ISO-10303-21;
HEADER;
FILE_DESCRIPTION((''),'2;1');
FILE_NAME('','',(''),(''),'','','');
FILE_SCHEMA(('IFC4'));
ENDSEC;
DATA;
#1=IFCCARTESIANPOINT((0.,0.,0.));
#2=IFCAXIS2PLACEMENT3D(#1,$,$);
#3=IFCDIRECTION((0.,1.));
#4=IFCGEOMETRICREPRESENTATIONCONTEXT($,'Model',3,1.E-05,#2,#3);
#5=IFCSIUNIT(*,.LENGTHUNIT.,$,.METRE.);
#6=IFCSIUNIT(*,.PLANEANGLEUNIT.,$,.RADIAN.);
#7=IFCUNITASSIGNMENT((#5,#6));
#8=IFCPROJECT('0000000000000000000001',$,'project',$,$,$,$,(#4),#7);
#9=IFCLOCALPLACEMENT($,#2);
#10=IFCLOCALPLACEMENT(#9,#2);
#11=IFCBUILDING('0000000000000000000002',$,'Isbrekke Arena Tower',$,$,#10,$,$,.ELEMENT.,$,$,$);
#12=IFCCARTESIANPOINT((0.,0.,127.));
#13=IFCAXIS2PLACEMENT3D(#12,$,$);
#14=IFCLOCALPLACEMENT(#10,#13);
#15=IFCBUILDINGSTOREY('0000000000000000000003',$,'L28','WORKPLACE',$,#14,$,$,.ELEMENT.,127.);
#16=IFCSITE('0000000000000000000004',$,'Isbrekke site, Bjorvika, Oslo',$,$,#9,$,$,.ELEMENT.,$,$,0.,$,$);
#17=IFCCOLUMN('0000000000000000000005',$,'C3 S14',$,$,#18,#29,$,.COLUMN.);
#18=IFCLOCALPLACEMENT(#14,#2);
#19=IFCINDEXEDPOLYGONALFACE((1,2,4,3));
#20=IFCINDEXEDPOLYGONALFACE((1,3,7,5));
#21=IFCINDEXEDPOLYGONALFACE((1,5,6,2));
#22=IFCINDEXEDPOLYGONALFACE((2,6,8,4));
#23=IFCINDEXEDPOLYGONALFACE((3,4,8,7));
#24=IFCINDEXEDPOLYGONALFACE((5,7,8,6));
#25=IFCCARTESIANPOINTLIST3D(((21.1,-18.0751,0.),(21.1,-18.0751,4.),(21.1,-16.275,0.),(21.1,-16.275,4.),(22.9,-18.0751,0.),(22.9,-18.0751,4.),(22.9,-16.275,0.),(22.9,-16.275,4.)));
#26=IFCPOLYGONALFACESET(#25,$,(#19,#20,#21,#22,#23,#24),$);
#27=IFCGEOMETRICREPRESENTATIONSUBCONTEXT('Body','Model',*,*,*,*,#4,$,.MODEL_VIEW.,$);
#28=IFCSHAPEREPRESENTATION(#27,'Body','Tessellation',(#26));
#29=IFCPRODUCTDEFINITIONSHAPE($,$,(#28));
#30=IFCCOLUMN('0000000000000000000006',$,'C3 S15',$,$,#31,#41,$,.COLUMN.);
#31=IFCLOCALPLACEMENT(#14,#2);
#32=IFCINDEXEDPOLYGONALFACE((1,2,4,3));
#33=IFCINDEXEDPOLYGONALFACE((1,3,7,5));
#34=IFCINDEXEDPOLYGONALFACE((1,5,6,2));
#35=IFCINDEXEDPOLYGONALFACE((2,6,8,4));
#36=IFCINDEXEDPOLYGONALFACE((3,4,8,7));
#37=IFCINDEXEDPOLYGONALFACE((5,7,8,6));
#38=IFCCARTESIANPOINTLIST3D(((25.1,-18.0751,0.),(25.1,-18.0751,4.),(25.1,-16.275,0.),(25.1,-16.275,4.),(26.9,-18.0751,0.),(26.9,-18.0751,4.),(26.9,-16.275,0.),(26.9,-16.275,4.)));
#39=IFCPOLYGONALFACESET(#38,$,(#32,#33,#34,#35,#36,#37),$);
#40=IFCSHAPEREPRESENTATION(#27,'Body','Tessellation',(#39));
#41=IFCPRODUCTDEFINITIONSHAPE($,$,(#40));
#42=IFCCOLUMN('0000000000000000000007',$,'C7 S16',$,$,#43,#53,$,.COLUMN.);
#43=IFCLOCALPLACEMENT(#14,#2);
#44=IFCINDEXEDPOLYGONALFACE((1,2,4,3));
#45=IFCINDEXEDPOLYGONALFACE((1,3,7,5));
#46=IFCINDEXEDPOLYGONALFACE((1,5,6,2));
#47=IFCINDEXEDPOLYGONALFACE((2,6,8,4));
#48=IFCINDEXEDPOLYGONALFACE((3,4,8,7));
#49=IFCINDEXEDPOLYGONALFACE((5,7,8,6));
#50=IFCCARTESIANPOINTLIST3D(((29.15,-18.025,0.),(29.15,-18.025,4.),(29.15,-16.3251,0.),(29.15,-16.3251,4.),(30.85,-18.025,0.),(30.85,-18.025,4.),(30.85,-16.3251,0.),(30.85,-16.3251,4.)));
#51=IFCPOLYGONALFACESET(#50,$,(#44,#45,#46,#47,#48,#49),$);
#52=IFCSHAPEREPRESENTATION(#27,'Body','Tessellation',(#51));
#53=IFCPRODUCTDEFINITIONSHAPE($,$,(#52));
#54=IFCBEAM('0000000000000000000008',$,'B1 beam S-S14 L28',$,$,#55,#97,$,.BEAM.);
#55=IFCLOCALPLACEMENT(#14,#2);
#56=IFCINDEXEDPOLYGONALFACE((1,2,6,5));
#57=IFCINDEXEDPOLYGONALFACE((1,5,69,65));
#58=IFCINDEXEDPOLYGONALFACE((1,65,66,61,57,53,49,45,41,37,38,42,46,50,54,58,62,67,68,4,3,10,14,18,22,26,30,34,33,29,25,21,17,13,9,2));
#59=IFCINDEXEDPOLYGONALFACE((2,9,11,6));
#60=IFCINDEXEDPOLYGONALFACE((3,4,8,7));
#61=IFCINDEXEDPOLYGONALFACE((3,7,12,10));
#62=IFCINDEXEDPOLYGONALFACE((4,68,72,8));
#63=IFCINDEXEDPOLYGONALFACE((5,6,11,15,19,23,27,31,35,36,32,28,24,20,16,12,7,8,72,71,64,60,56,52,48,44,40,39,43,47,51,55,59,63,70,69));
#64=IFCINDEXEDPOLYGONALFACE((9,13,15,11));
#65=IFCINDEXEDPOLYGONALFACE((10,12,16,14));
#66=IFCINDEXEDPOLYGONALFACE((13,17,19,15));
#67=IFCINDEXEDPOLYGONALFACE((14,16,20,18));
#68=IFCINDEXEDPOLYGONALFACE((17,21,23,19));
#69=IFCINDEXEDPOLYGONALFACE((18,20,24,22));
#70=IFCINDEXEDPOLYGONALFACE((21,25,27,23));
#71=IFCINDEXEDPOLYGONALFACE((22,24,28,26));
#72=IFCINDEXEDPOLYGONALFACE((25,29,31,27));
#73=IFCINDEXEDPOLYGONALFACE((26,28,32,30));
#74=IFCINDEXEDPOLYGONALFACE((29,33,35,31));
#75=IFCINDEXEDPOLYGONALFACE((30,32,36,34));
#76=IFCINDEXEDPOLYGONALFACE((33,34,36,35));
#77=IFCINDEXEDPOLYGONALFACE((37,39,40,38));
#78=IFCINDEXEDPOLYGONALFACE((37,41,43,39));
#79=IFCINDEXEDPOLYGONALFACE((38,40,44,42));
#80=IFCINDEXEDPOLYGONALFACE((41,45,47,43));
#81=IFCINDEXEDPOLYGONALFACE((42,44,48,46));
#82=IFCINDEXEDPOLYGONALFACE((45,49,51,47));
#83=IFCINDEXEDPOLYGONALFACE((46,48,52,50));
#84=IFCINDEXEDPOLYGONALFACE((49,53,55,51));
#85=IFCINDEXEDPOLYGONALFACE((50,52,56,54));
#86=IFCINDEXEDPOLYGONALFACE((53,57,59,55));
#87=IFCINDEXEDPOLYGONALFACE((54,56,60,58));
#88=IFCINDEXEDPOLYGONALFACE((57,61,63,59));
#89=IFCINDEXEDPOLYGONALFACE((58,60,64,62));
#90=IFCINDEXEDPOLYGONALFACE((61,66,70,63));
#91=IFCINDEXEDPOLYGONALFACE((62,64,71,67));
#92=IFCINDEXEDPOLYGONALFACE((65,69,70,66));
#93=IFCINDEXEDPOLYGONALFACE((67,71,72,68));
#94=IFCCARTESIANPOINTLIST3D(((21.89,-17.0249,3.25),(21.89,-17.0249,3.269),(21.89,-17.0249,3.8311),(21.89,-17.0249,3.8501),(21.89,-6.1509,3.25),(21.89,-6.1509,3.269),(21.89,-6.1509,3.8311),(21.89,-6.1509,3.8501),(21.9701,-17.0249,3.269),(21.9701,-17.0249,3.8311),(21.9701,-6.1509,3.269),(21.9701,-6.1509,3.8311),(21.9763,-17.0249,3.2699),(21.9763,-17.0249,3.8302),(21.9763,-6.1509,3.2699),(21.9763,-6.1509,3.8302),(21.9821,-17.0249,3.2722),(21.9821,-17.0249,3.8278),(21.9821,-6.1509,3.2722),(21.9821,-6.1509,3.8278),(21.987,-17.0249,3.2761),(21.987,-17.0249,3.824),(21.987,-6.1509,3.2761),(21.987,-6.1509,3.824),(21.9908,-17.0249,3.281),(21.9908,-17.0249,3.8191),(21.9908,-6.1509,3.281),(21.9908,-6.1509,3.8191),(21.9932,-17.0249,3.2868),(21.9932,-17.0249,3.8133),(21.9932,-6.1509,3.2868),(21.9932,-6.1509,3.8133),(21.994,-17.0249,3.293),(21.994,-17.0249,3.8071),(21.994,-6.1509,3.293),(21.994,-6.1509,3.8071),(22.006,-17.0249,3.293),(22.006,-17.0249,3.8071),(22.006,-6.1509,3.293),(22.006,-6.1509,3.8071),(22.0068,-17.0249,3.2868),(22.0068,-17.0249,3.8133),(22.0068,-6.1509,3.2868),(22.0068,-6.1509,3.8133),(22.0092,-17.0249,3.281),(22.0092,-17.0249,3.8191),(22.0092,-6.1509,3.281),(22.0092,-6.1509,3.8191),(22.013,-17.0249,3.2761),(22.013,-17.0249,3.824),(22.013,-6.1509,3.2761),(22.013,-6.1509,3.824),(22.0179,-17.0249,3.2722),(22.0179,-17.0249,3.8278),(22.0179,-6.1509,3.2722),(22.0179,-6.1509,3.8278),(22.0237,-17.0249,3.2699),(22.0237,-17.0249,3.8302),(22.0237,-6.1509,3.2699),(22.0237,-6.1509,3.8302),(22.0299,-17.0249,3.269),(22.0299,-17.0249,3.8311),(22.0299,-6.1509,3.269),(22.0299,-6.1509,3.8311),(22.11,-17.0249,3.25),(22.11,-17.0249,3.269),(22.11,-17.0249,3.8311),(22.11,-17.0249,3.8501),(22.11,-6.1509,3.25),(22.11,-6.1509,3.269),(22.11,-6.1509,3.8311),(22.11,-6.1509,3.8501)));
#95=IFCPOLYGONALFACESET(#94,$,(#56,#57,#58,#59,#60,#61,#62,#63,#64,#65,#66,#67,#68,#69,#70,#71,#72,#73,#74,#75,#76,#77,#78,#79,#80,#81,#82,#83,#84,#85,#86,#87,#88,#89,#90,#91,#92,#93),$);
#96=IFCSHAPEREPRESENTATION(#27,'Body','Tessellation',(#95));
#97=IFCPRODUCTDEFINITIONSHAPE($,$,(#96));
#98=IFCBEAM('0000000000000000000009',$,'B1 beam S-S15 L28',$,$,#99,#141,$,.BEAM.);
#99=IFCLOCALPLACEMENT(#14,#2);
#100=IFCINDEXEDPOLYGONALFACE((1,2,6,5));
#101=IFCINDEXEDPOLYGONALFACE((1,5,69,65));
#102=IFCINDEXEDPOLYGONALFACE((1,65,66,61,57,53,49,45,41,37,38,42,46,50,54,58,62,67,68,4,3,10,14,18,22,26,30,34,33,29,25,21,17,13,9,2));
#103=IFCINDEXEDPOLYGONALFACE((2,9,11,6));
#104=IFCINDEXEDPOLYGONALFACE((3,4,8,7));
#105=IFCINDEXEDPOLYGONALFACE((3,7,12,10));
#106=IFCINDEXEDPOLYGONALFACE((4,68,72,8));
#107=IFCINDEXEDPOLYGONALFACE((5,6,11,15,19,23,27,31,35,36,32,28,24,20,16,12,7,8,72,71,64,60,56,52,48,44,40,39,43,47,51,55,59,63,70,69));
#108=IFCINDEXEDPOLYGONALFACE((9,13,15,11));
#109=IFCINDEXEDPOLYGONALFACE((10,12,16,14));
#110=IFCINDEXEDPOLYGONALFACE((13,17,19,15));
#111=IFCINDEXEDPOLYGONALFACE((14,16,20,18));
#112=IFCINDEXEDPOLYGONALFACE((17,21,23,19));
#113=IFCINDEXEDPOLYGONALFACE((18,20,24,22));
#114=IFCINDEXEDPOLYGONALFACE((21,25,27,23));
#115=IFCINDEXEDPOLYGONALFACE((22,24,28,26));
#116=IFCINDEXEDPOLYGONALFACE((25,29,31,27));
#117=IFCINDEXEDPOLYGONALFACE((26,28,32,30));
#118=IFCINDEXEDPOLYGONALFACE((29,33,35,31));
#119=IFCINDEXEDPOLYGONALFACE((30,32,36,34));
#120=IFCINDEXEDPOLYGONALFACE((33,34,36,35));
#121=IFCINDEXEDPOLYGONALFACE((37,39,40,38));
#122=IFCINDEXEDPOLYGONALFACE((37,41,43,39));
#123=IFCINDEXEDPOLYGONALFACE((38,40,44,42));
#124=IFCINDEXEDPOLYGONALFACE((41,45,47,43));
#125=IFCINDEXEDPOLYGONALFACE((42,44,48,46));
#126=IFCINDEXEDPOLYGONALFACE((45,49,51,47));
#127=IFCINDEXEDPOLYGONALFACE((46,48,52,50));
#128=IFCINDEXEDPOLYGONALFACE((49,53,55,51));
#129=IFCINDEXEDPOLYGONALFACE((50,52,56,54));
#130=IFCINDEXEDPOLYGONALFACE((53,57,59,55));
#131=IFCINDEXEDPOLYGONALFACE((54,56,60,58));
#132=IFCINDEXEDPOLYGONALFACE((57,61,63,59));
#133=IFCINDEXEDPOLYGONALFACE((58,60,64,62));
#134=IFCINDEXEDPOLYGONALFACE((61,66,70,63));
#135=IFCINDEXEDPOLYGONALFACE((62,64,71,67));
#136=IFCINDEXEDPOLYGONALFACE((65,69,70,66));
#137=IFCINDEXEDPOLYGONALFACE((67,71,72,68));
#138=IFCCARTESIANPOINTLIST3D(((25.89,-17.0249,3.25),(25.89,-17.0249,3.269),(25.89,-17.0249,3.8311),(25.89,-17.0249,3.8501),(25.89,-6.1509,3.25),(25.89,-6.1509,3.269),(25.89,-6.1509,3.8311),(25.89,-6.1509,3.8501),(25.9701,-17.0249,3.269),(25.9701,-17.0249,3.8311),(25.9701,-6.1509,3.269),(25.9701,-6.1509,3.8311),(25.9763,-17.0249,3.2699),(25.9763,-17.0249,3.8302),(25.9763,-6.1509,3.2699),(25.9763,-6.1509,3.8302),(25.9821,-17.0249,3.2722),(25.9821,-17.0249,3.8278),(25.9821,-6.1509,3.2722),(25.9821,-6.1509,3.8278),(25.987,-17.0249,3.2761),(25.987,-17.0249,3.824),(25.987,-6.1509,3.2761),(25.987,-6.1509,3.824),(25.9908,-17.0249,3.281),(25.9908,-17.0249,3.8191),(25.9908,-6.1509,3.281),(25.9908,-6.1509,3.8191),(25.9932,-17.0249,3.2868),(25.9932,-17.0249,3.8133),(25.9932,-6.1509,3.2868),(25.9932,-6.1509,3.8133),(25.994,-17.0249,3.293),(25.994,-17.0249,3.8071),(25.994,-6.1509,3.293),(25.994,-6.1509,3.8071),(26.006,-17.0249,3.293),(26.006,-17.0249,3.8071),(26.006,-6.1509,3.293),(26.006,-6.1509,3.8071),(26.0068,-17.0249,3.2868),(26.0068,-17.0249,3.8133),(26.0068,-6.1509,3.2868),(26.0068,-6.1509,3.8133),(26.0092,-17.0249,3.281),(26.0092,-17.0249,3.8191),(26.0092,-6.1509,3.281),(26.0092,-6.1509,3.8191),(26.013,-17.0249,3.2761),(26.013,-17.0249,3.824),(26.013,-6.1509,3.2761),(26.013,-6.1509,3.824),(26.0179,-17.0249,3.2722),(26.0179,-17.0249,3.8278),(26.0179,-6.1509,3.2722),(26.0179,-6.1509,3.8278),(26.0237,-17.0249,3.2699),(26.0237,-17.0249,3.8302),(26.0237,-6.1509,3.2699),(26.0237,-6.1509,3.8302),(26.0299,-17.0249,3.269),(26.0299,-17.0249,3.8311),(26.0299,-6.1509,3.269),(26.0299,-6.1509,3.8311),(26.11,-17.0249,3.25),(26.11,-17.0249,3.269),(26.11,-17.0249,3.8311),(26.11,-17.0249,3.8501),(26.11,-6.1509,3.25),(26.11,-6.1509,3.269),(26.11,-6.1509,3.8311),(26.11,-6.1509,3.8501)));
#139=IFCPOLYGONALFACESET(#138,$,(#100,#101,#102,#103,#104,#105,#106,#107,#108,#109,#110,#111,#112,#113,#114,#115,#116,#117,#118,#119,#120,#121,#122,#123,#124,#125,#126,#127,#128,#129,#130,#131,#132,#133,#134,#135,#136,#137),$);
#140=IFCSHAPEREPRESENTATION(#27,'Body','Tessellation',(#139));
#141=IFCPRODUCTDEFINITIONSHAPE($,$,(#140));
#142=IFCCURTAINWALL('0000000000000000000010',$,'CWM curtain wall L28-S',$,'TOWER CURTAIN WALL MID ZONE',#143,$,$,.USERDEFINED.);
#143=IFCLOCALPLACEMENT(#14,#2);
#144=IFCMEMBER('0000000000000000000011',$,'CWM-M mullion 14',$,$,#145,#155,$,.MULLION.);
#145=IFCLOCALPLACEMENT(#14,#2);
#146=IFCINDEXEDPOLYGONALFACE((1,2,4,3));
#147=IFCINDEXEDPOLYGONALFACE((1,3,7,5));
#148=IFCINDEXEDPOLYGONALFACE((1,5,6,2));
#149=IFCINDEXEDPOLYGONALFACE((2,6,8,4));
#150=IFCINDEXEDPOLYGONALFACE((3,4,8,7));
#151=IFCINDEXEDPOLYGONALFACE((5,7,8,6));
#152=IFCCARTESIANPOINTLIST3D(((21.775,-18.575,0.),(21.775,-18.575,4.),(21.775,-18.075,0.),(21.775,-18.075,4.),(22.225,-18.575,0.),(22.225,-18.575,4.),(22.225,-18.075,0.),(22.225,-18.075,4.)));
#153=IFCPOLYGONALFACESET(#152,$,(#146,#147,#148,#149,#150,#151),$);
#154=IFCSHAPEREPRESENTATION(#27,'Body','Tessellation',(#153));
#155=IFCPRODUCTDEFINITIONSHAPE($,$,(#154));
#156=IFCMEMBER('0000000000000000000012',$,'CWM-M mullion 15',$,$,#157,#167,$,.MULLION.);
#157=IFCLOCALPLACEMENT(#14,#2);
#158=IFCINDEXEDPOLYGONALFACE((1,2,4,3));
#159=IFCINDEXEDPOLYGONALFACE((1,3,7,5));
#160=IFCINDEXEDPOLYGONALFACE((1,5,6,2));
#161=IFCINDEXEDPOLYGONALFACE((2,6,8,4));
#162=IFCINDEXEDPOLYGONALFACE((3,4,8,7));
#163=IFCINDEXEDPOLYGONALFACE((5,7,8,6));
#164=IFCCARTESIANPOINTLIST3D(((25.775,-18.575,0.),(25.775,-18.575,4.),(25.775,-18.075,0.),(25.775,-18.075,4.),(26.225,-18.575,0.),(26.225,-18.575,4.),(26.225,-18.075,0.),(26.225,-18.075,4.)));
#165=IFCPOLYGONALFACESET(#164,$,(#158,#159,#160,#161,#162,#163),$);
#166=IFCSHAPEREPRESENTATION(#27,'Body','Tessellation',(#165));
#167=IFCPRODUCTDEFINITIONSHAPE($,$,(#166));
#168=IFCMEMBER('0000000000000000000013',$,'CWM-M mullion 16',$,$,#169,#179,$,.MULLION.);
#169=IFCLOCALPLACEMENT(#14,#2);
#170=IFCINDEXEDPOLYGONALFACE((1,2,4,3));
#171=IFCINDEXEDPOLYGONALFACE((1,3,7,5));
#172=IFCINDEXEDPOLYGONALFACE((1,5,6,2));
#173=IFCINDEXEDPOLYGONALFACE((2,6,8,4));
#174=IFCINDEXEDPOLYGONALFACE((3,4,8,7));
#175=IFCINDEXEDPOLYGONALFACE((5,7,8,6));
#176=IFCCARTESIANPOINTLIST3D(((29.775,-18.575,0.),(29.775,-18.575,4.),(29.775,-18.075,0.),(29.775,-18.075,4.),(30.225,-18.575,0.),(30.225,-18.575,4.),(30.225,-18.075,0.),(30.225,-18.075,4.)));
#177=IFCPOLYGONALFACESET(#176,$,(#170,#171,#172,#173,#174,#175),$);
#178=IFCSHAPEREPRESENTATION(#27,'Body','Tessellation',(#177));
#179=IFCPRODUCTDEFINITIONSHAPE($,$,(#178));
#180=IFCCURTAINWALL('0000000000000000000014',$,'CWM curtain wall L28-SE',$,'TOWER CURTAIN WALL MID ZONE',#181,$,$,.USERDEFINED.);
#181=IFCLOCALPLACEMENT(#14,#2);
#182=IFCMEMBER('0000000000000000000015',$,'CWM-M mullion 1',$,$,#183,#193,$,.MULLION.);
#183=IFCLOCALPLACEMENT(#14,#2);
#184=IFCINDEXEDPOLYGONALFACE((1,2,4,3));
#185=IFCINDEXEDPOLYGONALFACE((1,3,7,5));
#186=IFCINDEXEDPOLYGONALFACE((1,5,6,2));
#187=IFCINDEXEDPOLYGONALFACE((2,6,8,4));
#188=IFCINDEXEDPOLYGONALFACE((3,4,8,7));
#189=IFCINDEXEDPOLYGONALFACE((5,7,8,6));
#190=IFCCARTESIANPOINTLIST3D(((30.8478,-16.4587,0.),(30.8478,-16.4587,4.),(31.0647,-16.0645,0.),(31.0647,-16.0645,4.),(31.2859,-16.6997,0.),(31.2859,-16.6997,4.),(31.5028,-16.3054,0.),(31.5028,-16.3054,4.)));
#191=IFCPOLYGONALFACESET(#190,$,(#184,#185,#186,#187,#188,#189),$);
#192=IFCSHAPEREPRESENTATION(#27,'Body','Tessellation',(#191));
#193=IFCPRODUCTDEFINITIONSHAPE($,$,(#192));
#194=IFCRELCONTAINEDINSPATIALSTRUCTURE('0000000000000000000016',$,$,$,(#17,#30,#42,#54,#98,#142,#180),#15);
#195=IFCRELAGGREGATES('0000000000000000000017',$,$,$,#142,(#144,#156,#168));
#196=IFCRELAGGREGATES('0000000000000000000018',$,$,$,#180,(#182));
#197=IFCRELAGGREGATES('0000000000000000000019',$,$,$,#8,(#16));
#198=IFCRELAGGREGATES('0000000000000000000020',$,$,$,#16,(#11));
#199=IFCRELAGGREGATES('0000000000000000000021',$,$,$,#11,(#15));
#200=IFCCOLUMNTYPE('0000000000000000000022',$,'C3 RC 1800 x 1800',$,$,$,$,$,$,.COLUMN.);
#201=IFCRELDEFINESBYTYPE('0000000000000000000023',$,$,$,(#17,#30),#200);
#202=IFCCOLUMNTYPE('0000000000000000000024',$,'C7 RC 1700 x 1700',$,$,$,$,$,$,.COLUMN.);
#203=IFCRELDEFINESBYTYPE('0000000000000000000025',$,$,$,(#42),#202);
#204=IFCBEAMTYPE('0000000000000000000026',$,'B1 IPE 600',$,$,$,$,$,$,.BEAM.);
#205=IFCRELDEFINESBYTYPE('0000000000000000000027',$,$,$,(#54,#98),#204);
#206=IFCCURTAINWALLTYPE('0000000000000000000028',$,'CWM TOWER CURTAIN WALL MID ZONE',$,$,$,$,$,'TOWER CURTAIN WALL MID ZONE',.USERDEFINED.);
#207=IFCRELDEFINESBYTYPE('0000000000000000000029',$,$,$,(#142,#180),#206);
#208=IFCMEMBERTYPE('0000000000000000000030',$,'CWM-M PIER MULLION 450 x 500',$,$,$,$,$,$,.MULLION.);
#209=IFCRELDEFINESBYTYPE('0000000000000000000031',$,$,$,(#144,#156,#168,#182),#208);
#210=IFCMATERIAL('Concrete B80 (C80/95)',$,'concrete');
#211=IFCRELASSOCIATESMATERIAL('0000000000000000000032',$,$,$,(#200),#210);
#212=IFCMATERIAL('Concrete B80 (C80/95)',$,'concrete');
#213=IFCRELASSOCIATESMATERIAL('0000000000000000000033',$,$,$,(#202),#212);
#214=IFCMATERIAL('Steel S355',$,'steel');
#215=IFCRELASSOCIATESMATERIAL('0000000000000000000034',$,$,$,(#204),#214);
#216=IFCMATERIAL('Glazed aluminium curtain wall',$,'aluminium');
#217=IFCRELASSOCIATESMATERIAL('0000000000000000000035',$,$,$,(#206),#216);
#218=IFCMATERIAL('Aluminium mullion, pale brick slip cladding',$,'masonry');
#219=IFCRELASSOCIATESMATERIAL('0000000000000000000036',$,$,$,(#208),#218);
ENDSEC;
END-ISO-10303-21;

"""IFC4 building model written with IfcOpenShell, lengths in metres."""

from ifc_helpers import new_model, si_unit, direction, frame, origin, origin_2d, place, context, subcontext, project, spatial, rectangle, i_section, extrude, material, material_profile, profile_set, type_object, element, aggregate, save


model = new_model("IFC4")

# Units and contexts
model_context = context("Model", 3, precision=1e-05, world=origin(), true_north=direction((0.0, 1.0)))
body_context = subcontext(model_context, "Body", "Model", "MODEL_VIEW")
ifc_project = project(units=[si_unit("LENGTHUNIT", "METRE"), si_unit("PLANEANGLEUNIT", "RADIAN")], contexts=[model_context])

# Site, building, storey
site_placement = place(None, origin())
site = spatial("IfcSite", under=ifc_project, at=site_placement, Name="Isbrekke site, Bjorvika, Oslo", CompositionType="ELEMENT", RefElevation=0.0)
building_placement = place(site_placement, origin())
building = spatial("IfcBuilding", under=site, at=building_placement, Name="Isbrekke Arena Tower", CompositionType="ELEMENT")
storey_placement = place(building_placement, frame((0.0, 0.0, 127.0)))
storey = spatial("IfcBuildingStorey", under=building, at=storey_placement, Name="L28", Description="WORKPLACE", CompositionType="ELEMENT", Elevation=127.0)

# Columns
ifc_material_1 = material(Name="Concrete B80 (C80/95)", Category="concrete")
ifc_material_profile_1 = material_profile(ifc_material_1, rectangle(XDim=1.8, YDim=1.8, at=origin_2d()), Name="RC 1800x1800")
ifc_profile_set_1 = profile_set([ifc_material_profile_1], Name="Concrete B80 (C80/95)")
column_type_1 = type_object("IfcColumnType", Name="C3 RC 1800 x 1800", PredefinedType="COLUMN", material=ifc_profile_set_1)
for number, where, z_axis, x_axis, name in (
    (1, (22.0, -17.175, 0.0), (0.0, 0.0, 1.0), (1.0, 0.0, 0.0), "C3 S14"),
    (2, (26.0, -17.175, 0.0), (0.0, 0.0, 1.0), (1.0, 0.0, 0.0), "C3 S15"),
):
    element("IfcColumn", number, at=place(storey_placement, frame(where, z_axis=z_axis, x_axis=x_axis)), inside=storey, type_object=column_type_1, Name=name, PredefinedType="COLUMN", context=body_context, shape_type="SweptSolid", body=[
        extrude(rectangle(XDim=1.8, YDim=1.8, at=origin_2d()), origin(), (0.0, 0.0, 1.0), 4.0),
    ])
ifc_material_2 = material(Name="Concrete B80 (C80/95)", Category="concrete")
ifc_material_profile_2 = material_profile(ifc_material_2, rectangle(XDim=1.7, YDim=1.7, at=origin_2d()), Name="RC 1700x1700")
ifc_profile_set_2 = profile_set([ifc_material_profile_2], Name="Concrete B80 (C80/95)")
column_type_2 = type_object("IfcColumnType", Name="C7 RC 1700 x 1700", PredefinedType="COLUMN", material=ifc_profile_set_2)
column_placement = place(storey_placement, frame((30.0, -17.175, 0.0), z_axis=(0.0, 0.0, 1.0), x_axis=(1.0, 0.0, 0.0)))
element("IfcColumn", 3, at=column_placement, inside=storey, type_object=column_type_2, Name="C7 S16", PredefinedType="COLUMN", context=body_context, shape_type="SweptSolid", body=[
    extrude(rectangle(XDim=1.7, YDim=1.7, at=origin_2d()), origin(), (0.0, 0.0, 1.0), 4.0),
])

# Beams
ifc_material_3 = material(Name="Steel S355", Category="steel")
ifc_material_profile_3 = material_profile(ifc_material_3, i_section(OverallWidth=0.22, OverallDepth=0.6001, WebThickness=0.012, FlangeThickness=0.019, FilletRadius=0.0239, at=origin_2d()), Name="IPE 600")
ifc_profile_set_3 = profile_set([ifc_material_profile_3], Name="Steel S355")
beam_type_1 = type_object("IfcBeamType", Name="B1 IPE 600", PredefinedType="BEAM", material=ifc_profile_set_3)
for number, where, z_axis, x_axis, name in (
    (4, (22.0, -17.0249, 3.55), (0.0, 1.0, 0.0), (-1.0, 0.0, 0.0), "B1 beam S-S14 L28"),
    (5, (26.0, -17.0249, 3.55), (0.0, 1.0, 0.0), (-1.0, 0.0, 0.0), "B1 beam S-S15 L28"),
):
    element("IfcBeam", number, at=place(storey_placement, frame(where, z_axis=z_axis, x_axis=x_axis)), inside=storey, type_object=beam_type_1, Name=name, PredefinedType="BEAM", context=body_context, shape_type="SweptSolid", body=[
        extrude(i_section(OverallWidth=0.22, OverallDepth=0.6001, WebThickness=0.012, FlangeThickness=0.019, FilletRadius=0.0239, at=origin_2d()), origin(), (0.0, 0.0, 1.0), 10.874),
    ])

# Curtain walls, members
ifc_material_4 = material(Name="Glazed aluminium curtain wall", Category="aluminium")
curtain_wall_type = type_object("IfcCurtainWallType", Name="CWM TOWER CURTAIN WALL MID ZONE", ElementType="TOWER CURTAIN WALL MID ZONE", PredefinedType="USERDEFINED", material=ifc_material_4)
curtain_wall_1_placement = place(storey_placement, origin())
curtain_wall_1 = element("IfcCurtainWall", 6, at=curtain_wall_1_placement, inside=storey, type_object=curtain_wall_type, Name="CWM curtain wall L28-S", ObjectType="TOWER CURTAIN WALL MID ZONE", PredefinedType="USERDEFINED")
ifc_material_5 = material(Name="Aluminium mullion, pale brick slip cladding", Category="masonry")
ifc_material_profile_4 = material_profile(ifc_material_5, rectangle(XDim=0.45, YDim=0.5, at=origin_2d()), Name="PIER 450X500")
ifc_profile_set_4 = profile_set([ifc_material_profile_4], Name="Aluminium mullion, pale brick slip cladding")
member_type_1 = type_object("IfcMemberType", Name="CWM-M PIER MULLION 450 x 500", PredefinedType="MULLION", material=ifc_profile_set_4)
member_1_placement = place(storey_placement, frame((22.0, -18.325, 0.0), z_axis=(0.0, 0.0, 1.0), x_axis=(1.0, 0.0, 0.0)))
member_1 = element("IfcMember", 7, at=member_1_placement, type_object=member_type_1, Name="CWM-M mullion 14", PredefinedType="MULLION", context=body_context, shape_type="SweptSolid", body=[
    extrude(rectangle(XDim=0.45, YDim=0.5, at=origin_2d()), origin(), (0.0, 0.0, 1.0), 4.0),
])
member_2_placement = place(storey_placement, frame((26.0, -18.325, 0.0), z_axis=(0.0, 0.0, 1.0), x_axis=(1.0, 0.0, 0.0)))
member_2 = element("IfcMember", 8, at=member_2_placement, type_object=member_type_1, Name="CWM-M mullion 15", PredefinedType="MULLION", context=body_context, shape_type="SweptSolid", body=[
    extrude(rectangle(XDim=0.45, YDim=0.5, at=origin_2d()), origin(), (0.0, 0.0, 1.0), 4.0),
])
member_3_placement = place(storey_placement, frame((30.0, -18.325, 0.0), z_axis=(0.0, 0.0, 1.0), x_axis=(1.0, 0.0, 0.0)))
member_3 = element("IfcMember", 9, at=member_3_placement, type_object=member_type_1, Name="CWM-M mullion 16", PredefinedType="MULLION", context=body_context, shape_type="SweptSolid", body=[
    extrude(rectangle(XDim=0.45, YDim=0.5, at=origin_2d()), origin(), (0.0, 0.0, 1.0), 4.0),
])
curtain_wall_2_placement = place(storey_placement, origin())
curtain_wall_2 = element("IfcCurtainWall", 10, at=curtain_wall_2_placement, inside=storey, type_object=curtain_wall_type, Name="CWM curtain wall L28-SE", ObjectType="TOWER CURTAIN WALL MID ZONE", PredefinedType="USERDEFINED")
member_4_placement = place(storey_placement, frame((31.1753, -16.3821, 0.0), z_axis=(0.0, 0.0, 1.0), x_axis=(0.481919, 0.876216, 0.0)))
member_4 = element("IfcMember", 11, at=member_4_placement, type_object=member_type_1, Name="CWM-M mullion 1", PredefinedType="MULLION", context=body_context, shape_type="SweptSolid", body=[
    extrude(rectangle(XDim=0.45, YDim=0.5, at=origin_2d()), origin(), (0.0, 0.0, 1.0), 4.0),
])

aggregate(curtain_wall_1, [member_1, member_2, member_3])
aggregate(curtain_wall_2, [member_4])

save(model, "model.ifc")
